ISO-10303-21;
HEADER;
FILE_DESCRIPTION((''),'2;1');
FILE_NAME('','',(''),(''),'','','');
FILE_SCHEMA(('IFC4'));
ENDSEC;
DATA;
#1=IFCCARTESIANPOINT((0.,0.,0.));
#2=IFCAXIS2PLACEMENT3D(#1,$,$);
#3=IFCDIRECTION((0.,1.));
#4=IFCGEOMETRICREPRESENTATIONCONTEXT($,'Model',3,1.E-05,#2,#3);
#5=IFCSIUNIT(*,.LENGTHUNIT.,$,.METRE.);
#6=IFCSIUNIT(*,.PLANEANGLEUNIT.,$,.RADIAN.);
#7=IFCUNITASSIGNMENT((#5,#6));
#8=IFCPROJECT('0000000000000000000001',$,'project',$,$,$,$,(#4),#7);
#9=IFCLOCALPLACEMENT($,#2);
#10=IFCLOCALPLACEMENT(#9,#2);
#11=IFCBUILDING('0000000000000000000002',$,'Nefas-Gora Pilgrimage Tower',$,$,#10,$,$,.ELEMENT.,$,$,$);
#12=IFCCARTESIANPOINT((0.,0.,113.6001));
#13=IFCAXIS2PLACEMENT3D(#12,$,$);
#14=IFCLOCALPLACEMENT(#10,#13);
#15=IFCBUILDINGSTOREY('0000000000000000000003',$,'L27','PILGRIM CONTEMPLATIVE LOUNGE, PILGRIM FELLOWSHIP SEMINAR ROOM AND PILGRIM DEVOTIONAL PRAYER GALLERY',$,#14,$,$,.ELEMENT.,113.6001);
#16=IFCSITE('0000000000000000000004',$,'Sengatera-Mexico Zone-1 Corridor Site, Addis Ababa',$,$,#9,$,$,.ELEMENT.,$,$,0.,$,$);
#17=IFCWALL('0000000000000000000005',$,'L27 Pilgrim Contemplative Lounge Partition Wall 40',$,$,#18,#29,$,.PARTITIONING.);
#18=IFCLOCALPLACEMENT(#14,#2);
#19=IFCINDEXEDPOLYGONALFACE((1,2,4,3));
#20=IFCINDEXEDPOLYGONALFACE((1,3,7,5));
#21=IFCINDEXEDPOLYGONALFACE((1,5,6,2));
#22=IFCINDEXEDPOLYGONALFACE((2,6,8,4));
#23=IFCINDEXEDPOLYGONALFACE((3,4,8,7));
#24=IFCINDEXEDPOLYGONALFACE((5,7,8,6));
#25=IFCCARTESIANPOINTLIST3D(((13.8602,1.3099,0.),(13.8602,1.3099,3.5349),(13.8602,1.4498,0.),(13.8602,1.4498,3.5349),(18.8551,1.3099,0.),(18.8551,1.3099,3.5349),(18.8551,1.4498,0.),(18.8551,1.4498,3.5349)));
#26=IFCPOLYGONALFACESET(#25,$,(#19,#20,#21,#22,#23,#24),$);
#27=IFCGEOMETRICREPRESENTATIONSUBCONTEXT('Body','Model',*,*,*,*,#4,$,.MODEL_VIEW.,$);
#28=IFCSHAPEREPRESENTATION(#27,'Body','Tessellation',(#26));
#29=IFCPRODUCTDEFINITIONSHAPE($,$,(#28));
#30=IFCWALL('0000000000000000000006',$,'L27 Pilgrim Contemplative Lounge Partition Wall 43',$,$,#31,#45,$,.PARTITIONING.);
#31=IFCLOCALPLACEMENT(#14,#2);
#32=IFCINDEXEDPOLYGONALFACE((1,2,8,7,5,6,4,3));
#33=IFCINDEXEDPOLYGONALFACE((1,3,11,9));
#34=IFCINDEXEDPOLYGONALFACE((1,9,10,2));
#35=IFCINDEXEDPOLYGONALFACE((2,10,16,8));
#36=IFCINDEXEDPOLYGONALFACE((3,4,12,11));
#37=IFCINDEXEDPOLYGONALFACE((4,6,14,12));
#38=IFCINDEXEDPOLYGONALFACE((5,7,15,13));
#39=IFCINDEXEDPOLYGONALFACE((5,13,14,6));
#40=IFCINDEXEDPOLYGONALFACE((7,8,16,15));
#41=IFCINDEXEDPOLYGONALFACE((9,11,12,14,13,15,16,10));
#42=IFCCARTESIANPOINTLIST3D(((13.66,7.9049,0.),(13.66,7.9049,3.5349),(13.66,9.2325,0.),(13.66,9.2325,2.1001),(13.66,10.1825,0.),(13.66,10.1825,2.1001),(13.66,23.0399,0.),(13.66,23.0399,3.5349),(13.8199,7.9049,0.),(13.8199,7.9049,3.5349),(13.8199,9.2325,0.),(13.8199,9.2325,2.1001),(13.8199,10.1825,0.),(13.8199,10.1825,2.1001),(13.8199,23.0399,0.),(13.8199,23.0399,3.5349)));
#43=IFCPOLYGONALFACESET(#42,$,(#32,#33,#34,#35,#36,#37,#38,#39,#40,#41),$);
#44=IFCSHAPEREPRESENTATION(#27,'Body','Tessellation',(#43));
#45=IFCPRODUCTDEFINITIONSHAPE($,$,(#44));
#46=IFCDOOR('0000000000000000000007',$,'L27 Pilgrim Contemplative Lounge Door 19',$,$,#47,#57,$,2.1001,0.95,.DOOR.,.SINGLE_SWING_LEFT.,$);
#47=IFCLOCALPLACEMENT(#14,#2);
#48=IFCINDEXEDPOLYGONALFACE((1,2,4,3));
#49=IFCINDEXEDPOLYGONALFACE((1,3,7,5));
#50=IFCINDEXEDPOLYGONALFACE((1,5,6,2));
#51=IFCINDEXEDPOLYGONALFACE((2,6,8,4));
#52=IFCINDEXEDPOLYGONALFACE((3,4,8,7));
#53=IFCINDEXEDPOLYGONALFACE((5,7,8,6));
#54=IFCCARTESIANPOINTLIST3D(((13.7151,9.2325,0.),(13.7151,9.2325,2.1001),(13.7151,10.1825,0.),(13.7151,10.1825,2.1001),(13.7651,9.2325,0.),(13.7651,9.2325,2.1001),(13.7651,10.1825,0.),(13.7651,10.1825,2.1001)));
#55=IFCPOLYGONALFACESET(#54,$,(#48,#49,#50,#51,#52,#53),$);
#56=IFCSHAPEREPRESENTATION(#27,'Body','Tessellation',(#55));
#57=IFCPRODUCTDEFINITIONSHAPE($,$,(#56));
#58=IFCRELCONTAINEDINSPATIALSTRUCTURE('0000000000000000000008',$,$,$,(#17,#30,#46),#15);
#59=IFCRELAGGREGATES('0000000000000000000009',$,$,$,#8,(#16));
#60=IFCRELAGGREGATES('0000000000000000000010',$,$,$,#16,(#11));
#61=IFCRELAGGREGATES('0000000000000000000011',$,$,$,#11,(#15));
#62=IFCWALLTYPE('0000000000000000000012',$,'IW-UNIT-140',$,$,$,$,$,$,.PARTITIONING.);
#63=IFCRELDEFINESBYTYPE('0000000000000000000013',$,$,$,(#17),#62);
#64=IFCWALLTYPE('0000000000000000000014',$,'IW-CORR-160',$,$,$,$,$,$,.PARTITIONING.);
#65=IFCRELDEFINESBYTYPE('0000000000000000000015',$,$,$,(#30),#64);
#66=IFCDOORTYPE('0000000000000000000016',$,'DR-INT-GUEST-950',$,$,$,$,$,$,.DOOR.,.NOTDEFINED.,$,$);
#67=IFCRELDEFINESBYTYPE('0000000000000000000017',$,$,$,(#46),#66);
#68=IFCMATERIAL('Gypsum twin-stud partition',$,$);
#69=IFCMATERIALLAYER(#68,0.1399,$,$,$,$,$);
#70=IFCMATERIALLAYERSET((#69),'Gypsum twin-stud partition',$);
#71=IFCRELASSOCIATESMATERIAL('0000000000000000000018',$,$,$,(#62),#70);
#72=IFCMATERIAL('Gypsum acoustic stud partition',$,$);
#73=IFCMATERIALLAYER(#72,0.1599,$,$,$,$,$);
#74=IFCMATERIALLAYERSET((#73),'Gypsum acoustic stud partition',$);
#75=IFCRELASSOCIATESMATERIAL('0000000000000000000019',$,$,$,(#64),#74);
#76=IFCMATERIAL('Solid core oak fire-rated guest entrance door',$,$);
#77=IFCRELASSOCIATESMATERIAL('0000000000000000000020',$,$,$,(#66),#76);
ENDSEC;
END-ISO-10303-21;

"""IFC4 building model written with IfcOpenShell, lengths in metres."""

from ifc_helpers import new_model, si_unit, direction, frame, frame_2d, origin, place, context, subcontext, project, spatial, rectangle, extrude, source, transform, mapped, material, layer, layer_set, type_object, element, fill, save


model = new_model("IFC4")

# Units and contexts
model_context = context("Model", 3, precision=1e-05, world=origin(), true_north=direction((0.0, 1.0)))
body_context = subcontext(model_context, "Body", "Model", "MODEL_VIEW")
ifc_project = project(units=[si_unit("LENGTHUNIT", "METRE"), si_unit("PLANEANGLEUNIT", "RADIAN")], contexts=[model_context])

# Site, building, storey
site_placement = place(None, origin())
site = spatial("IfcSite", under=ifc_project, at=site_placement, Name="Sengatera-Mexico Zone-1 Corridor Site, Addis Ababa", CompositionType="ELEMENT", RefElevation=0.0)
building_placement = place(site_placement, origin())
building = spatial("IfcBuilding", under=site, at=building_placement, Name="Nefas-Gora Pilgrimage Tower", CompositionType="ELEMENT")
storey_placement = place(building_placement, frame((0.0, 0.0, 113.6001)))
storey = spatial("IfcBuildingStorey", under=building, at=storey_placement, Name="L27", Description="PILGRIM CONTEMPLATIVE LOUNGE, PILGRIM FELLOWSHIP SEMINAR ROOM AND PILGRIM DEVOTIONAL PRAYER GALLERY", CompositionType="ELEMENT", Elevation=113.6001)

# Wall
ifc_material_1 = material(Name="Gypsum twin-stud partition")
ifc_layer_1 = layer(ifc_material_1, 0.1399)
ifc_layer_set_1 = layer_set([ifc_layer_1], Name="Gypsum twin-stud partition")
wall_type_1 = type_object("IfcWallType", Name="IW-UNIT-140", PredefinedType="PARTITIONING", material=ifc_layer_set_1)
shared_shape_1 = source(origin(), body_context, "Body", "SweptSolid", [
    extrude(rectangle(XDim=4.9949, YDim=0.1399, at=frame_2d((2.4976, 0.0))), origin(), (0.0, 0.0, 1.0), 3.5349),
])
wall_1_placement = place(storey_placement, frame((13.8601, 1.3799, 0.0), z_axis=(0.0, 0.0, 1.0), x_axis=(1.0, 0.0, 0.0)))
element("IfcWall", 1, at=wall_1_placement, inside=storey, type_object=wall_type_1, Name="L27 Pilgrim Contemplative Lounge Partition Wall 40", PredefinedType="PARTITIONING", context=body_context, shape_type="MappedRepresentation", body=[
    mapped(shared_shape_1, transform((0.0, 0.0, 0.0), x_axis=(1.0, 0.0, 0.0), y_axis=(0.0, 1.0, 0.0), z_axis=(0.0, 0.0, 1.0), scale=1.0)),
])

# Wall, opening, door
ifc_material_2 = material(Name="Gypsum acoustic stud partition")
ifc_layer_2 = layer(ifc_material_2, 0.1599)
ifc_layer_set_2 = layer_set([ifc_layer_2], Name="Gypsum acoustic stud partition")
wall_type_2 = type_object("IfcWallType", Name="IW-CORR-160", PredefinedType="PARTITIONING", material=ifc_layer_set_2)
shared_shape_2 = source(origin(), body_context, "Body", "SweptSolid", [
    extrude(rectangle(XDim=15.135, YDim=0.1599, at=frame_2d((7.5674, 0.0))), origin(), (0.0, 0.0, 1.0), 3.5349),
])
wall_2_placement = place(storey_placement, frame((13.74, 7.905, 0.0), z_axis=(0.0, 0.0, 1.0), x_axis=(0.0, 1.0, 0.0)))
wall_2 = element("IfcWall", 2, at=wall_2_placement, inside=storey, type_object=wall_type_2, Name="L27 Pilgrim Contemplative Lounge Partition Wall 43", PredefinedType="PARTITIONING", context=body_context, shape_type="MappedRepresentation", body=[
    mapped(shared_shape_2, transform((0.0, 0.0, 0.0), x_axis=(1.0, 0.0, 0.0), y_axis=(0.0, 1.0, 0.0), z_axis=(0.0, 0.0, 1.0), scale=1.0)),
])
opening_1_placement = place(wall_2_placement, frame((1.3274, 0.0, 0.0)))
opening_1 = element("IfcOpeningElement", 3, at=opening_1_placement, cuts=wall_2, PredefinedType="OPENING", context=body_context, shape_type="SweptSolid", body=[
    extrude(rectangle(XDim=0.95, YDim=2.1001, at=frame_2d((0.4751, 1.05))), frame((0.0, 0.0898, 0.0), z_axis=(0.0, -1.0, 0.0), x_axis=(1.0, 0.0, 0.0)), (0.0, 0.0, 1.0), 0.1799),
])
ifc_material_3 = material(Name="Solid core oak fire-rated guest entrance door")
door_type_1 = type_object("IfcDoorType", Name="DR-INT-GUEST-950", OperationType="NOTDEFINED", PredefinedType="DOOR", material=ifc_material_3)
shared_shape_3 = source(origin(), body_context, "Body", "SweptSolid", [
    extrude(rectangle(XDim=0.95, YDim=2.1001, at=frame_2d((0.4751, 1.05))), frame((0.0, 0.0249, 0.0), z_axis=(0.0, -1.0, 0.0), x_axis=(1.0, 0.0, 0.0)), (0.0, 0.0, 1.0), 0.05),
])
door_1_placement = place(opening_1_placement, origin())
door_1 = element("IfcDoor", 4, at=door_1_placement, inside=storey, type_object=door_type_1, Name="L27 Pilgrim Contemplative Lounge Door 19", OperationType="SINGLE_SWING_LEFT", OverallHeight=2.1001, OverallWidth=0.95, PredefinedType="DOOR", context=body_context, shape_type="MappedRepresentation", body=[
    mapped(shared_shape_3, transform((0.0, 0.0, 0.0), x_axis=(1.0, 0.0, 0.0), y_axis=(0.0, 1.0, 0.0), z_axis=(0.0, 0.0, 1.0), scale=1.0)),
])
fill(opening_1, door_1)

save(model, "model.ifc")
